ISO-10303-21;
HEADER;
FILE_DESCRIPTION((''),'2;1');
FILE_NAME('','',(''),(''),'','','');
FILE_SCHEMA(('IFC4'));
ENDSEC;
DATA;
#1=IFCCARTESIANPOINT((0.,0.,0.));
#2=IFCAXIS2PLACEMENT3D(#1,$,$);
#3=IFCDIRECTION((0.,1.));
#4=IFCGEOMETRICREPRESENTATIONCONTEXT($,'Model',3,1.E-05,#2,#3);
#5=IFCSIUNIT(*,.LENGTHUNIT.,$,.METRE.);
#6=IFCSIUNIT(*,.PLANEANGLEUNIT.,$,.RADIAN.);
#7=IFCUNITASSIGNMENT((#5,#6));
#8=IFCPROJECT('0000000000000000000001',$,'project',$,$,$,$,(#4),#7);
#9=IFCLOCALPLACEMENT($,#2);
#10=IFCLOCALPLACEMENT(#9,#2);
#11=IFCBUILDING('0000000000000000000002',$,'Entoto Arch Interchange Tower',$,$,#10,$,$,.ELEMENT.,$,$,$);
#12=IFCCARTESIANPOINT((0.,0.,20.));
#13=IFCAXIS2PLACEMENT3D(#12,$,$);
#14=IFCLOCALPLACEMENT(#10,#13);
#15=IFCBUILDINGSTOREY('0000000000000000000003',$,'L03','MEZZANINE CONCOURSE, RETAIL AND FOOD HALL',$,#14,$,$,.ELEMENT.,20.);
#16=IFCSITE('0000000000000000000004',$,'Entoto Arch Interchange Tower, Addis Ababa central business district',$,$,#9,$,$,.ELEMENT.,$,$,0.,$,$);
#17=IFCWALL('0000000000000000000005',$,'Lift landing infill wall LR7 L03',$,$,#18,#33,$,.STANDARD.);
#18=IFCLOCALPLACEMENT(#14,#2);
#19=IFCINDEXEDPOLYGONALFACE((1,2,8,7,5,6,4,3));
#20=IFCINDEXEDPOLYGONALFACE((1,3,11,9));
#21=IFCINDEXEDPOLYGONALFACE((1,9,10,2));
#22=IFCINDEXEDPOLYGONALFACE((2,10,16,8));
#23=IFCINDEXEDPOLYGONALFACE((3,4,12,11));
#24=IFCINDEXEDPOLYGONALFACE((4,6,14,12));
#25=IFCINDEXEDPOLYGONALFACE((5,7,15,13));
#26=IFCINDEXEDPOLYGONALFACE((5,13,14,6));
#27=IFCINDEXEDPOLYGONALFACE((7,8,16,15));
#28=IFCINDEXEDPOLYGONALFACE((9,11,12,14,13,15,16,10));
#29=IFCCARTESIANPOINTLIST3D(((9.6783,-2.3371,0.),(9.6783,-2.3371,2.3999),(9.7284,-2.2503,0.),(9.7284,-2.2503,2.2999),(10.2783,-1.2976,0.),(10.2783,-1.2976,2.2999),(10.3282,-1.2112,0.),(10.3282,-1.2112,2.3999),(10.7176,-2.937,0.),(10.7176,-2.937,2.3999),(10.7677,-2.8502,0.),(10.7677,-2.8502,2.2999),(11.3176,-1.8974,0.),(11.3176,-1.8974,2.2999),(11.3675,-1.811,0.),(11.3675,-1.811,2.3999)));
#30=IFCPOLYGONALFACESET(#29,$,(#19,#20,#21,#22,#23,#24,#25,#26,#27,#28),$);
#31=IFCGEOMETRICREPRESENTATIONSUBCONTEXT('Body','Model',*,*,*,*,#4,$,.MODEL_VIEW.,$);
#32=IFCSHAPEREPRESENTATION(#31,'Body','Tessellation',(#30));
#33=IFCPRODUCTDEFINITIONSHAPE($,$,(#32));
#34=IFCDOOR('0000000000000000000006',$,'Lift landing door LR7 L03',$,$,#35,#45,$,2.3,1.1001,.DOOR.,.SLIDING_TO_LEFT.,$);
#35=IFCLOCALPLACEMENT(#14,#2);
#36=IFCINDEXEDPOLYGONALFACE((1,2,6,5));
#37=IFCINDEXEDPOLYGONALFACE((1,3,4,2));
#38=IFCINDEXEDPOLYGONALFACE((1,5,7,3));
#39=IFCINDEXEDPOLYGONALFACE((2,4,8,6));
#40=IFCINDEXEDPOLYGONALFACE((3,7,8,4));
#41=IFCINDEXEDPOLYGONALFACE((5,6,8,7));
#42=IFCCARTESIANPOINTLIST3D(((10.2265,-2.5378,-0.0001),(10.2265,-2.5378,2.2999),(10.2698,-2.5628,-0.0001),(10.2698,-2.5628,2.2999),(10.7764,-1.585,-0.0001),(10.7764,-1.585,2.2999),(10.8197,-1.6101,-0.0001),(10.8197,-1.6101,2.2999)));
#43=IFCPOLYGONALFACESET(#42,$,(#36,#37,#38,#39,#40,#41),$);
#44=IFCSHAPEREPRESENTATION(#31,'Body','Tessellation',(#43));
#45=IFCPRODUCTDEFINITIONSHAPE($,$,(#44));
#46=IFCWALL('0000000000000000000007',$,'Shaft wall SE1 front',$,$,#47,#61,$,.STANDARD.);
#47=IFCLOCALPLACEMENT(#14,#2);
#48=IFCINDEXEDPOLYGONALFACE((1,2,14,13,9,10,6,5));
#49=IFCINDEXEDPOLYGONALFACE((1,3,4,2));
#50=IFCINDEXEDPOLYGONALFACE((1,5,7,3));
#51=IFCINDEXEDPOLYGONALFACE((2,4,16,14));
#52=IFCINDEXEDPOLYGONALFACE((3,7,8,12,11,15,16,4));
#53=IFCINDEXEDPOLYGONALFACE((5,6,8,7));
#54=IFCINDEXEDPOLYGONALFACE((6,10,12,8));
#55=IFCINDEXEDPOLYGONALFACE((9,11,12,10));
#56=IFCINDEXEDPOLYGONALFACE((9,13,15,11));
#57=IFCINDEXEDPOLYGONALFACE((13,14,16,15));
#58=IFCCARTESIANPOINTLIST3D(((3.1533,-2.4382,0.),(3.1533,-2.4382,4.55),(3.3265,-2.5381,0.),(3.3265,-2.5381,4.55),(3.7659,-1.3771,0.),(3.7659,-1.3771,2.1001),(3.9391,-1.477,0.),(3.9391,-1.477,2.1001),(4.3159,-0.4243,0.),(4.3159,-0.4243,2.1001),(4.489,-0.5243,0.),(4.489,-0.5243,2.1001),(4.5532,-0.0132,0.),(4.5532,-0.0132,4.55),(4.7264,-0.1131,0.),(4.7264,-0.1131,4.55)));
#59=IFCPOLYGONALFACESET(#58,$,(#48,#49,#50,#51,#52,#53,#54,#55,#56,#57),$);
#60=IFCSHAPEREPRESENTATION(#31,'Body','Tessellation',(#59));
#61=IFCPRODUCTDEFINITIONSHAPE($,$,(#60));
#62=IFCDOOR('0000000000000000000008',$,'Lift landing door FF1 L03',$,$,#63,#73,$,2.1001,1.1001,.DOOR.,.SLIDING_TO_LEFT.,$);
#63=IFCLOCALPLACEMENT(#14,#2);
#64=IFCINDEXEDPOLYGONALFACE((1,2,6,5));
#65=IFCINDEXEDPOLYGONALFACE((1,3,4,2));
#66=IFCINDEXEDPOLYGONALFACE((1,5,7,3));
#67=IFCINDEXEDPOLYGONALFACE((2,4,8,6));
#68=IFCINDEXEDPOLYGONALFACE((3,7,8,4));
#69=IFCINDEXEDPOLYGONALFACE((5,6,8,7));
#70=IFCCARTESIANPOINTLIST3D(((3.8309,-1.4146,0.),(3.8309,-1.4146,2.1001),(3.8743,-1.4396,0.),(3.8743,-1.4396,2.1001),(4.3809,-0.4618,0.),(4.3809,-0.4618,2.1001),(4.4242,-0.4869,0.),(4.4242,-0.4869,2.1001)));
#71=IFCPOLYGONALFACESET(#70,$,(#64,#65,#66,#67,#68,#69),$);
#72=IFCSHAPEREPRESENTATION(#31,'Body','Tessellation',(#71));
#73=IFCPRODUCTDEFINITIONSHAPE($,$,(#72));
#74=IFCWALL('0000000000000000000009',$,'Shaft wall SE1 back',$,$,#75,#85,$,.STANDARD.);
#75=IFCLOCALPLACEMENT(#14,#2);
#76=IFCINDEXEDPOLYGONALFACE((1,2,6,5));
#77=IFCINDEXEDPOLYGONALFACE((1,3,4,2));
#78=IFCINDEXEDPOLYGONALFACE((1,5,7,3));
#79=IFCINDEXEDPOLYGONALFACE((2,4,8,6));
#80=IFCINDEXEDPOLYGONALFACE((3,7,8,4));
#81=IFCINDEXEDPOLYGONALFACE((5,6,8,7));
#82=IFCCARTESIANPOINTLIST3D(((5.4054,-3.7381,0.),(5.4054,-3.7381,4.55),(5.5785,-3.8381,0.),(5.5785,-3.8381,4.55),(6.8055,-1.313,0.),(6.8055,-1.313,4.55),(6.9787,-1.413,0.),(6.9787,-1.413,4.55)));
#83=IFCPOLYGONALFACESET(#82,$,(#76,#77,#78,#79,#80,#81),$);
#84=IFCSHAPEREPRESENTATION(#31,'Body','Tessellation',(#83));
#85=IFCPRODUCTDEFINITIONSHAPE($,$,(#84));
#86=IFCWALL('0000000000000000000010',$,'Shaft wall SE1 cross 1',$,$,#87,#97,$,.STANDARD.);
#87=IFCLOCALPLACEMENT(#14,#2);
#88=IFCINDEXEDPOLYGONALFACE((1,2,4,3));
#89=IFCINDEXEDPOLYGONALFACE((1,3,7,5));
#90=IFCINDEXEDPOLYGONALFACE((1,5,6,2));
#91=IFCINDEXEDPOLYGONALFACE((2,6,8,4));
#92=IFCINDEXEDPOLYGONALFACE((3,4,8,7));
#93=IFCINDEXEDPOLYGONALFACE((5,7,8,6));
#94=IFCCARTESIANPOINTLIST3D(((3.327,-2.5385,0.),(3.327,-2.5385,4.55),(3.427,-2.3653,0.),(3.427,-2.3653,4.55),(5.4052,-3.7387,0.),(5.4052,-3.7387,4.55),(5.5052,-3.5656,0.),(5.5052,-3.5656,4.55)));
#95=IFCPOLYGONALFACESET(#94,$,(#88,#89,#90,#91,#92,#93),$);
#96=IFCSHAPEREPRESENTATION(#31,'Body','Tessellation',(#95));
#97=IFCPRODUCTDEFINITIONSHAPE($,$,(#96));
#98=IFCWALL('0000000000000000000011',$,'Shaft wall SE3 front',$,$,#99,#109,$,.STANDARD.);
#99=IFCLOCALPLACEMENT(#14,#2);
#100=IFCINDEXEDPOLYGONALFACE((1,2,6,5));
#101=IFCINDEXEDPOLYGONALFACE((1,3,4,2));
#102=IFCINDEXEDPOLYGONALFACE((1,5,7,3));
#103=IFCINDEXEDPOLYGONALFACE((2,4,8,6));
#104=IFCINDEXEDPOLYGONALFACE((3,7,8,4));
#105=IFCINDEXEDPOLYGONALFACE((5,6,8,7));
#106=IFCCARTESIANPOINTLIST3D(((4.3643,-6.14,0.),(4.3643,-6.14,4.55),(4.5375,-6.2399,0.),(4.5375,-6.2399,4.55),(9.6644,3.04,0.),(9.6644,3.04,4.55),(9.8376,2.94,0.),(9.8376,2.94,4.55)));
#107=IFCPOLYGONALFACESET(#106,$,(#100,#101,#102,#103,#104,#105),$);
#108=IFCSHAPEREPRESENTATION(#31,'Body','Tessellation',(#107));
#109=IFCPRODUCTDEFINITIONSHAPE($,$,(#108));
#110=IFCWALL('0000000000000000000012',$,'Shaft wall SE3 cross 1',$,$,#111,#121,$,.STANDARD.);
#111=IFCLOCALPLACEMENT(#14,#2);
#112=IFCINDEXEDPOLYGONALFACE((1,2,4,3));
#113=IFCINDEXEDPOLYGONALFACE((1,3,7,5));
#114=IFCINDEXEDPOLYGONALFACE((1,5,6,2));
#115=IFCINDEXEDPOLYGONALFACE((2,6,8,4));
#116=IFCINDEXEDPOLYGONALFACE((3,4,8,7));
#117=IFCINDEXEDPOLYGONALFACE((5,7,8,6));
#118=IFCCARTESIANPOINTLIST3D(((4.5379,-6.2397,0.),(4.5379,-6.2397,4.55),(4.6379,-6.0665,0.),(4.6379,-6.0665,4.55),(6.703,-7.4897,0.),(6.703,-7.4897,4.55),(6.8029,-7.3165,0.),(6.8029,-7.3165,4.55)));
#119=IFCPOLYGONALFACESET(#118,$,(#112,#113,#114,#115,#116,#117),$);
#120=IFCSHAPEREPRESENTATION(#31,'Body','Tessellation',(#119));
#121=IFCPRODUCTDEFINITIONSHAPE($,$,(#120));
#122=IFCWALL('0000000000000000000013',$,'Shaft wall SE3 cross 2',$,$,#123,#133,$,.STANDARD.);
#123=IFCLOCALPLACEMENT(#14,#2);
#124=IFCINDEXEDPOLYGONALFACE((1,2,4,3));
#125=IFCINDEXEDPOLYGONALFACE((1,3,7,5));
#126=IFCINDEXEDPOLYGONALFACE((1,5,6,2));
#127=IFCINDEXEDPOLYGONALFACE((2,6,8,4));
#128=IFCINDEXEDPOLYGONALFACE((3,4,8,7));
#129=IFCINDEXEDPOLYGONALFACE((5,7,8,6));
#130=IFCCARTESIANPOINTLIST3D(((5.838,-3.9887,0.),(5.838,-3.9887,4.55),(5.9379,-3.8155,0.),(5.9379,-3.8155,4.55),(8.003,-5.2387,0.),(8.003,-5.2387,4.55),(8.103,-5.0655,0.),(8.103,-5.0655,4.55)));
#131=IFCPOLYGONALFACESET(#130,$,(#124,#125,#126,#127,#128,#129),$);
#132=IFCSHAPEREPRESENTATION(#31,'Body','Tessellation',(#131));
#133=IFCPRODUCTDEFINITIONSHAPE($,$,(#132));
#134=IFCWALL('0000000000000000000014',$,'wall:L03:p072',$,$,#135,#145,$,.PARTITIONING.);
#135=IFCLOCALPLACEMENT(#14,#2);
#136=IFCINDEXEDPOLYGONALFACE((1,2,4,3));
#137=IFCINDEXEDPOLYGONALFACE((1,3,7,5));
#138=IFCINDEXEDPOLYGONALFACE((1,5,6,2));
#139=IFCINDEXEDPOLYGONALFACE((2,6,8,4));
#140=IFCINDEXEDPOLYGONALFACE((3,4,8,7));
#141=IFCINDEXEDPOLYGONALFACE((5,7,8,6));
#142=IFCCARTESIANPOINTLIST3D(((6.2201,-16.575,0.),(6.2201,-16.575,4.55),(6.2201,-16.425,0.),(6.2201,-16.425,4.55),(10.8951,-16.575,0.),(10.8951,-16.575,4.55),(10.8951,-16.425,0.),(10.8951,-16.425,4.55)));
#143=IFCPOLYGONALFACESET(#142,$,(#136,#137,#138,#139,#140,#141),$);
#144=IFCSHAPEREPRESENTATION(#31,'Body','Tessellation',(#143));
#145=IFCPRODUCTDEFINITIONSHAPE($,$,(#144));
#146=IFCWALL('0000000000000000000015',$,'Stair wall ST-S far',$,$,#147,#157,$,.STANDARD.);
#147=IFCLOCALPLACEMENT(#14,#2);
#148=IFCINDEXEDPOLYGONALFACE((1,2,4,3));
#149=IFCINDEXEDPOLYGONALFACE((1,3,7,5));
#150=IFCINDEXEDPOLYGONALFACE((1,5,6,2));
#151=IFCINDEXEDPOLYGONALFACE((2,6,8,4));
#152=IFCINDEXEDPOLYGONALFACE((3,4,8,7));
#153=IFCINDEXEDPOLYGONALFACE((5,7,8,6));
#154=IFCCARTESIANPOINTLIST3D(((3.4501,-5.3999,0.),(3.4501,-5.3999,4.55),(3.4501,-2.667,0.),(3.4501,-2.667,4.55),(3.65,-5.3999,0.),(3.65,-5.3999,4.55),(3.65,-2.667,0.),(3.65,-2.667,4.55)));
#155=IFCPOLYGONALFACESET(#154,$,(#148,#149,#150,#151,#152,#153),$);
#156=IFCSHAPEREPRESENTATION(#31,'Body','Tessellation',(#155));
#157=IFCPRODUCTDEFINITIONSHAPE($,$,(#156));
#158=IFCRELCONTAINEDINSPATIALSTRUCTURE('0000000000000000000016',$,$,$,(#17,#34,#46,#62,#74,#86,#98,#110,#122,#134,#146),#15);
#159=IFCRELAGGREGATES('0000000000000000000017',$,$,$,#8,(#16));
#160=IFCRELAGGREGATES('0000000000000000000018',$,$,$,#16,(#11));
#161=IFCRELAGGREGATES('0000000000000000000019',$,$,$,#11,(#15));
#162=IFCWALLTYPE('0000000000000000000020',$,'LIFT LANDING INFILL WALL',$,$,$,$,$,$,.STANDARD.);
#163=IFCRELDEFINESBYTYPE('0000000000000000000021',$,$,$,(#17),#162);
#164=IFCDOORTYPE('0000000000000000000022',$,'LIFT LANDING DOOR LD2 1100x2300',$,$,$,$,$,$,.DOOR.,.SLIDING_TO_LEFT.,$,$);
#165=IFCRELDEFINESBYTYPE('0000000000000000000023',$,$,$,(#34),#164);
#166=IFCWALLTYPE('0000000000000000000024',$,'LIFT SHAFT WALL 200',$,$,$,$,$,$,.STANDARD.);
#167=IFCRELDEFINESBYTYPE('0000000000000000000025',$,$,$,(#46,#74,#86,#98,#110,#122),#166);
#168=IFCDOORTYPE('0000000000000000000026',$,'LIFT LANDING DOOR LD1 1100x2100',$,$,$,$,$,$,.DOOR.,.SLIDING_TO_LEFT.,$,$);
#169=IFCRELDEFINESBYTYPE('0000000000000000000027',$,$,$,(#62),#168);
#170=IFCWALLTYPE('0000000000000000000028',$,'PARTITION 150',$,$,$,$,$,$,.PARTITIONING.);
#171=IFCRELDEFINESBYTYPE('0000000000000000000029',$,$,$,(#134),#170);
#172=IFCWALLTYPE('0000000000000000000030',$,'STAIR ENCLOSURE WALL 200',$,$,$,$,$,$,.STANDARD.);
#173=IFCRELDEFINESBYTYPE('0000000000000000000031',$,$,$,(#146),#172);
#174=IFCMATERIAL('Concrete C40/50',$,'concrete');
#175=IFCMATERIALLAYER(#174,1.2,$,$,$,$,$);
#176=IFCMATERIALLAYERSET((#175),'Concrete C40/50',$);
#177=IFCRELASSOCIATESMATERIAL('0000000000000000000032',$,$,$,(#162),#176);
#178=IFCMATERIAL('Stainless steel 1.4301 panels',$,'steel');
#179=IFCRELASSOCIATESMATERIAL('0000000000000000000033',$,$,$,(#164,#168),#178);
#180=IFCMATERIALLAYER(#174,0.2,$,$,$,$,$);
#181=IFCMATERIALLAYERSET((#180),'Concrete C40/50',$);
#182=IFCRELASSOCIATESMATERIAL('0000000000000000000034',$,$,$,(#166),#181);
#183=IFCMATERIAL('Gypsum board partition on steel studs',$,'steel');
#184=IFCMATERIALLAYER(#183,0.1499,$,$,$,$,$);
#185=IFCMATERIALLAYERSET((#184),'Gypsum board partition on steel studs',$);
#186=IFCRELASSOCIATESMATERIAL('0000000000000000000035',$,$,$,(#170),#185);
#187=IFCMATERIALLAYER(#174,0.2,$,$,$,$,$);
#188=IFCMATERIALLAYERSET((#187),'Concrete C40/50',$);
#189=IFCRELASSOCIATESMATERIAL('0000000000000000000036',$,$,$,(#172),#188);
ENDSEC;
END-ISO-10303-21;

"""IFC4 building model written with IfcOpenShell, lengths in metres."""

from ifc_helpers import new_model, si_unit, direction, frame, frame_2d, origin, place, context, subcontext, project, spatial, rectangle, extrude, material, layer, layer_set, type_object, element, fill, save


model = new_model("IFC4")

# Units and contexts
model_context = context("Model", 3, precision=1e-05, world=origin(), true_north=direction((0.0, 1.0)))
body_context = subcontext(model_context, "Body", "Model", "MODEL_VIEW")
ifc_project = project(units=[si_unit("LENGTHUNIT", "METRE"), si_unit("PLANEANGLEUNIT", "RADIAN")], contexts=[model_context])

# Site, building, storey
site_placement = place(None, origin())
site = spatial("IfcSite", under=ifc_project, at=site_placement, Name="Entoto Arch Interchange Tower, Addis Ababa central business district", CompositionType="ELEMENT", RefElevation=0.0)
building_placement = place(site_placement, origin())
building = spatial("IfcBuilding", under=site, at=building_placement, Name="Entoto Arch Interchange Tower", CompositionType="ELEMENT")
storey_placement = place(building_placement, frame((0.0, 0.0, 20.0)))
storey = spatial("IfcBuildingStorey", under=building, at=storey_placement, Name="L03", Description="MEZZANINE CONCOURSE, RETAIL AND FOOD HALL", CompositionType="ELEMENT", Elevation=20.0)

# Walls, openings, doors
ifc_material_1 = material(Name="Concrete C40/50", Category="concrete")
ifc_layer_1 = layer(ifc_material_1, 1.2)
ifc_layer_set_1 = layer_set([ifc_layer_1], Name="Concrete C40/50")
wall_type_1 = type_object("IfcWallType", Name="LIFT LANDING INFILL WALL", PredefinedType="STANDARD", material=ifc_layer_set_1)
ifc_material_2 = material(Name="Stainless steel 1.4301 panels", Category="steel")
door_type_1 = type_object("IfcDoorType", Name="LIFT LANDING DOOR LD2 1100x2300", OperationType="SLIDING_TO_LEFT", PredefinedType="DOOR", material=ifc_material_2)
wall_1_placement = place(storey_placement, frame((10.198, -2.637, 0.0), z_axis=(0.0, 0.0, 1.0), x_axis=(0.499896, 0.866086, 0.0)))
wall_1 = element("IfcWall", 1, at=wall_1_placement, inside=storey, type_object=wall_type_1, Name="Lift landing infill wall LR7 L03", PredefinedType="STANDARD", context=body_context, shape_type="SweptSolid", body=[
    extrude(rectangle(XDim=1.3, YDim=1.2, at=frame_2d((0.6499, 0.0))), origin(), (0.0, 0.0, 1.0), 2.3999),
])
opening_1_placement = place(wall_1_placement, frame((0.1001, 0.0, 0.0)))
opening_1 = element("IfcOpeningElement", 2, at=opening_1_placement, cuts=wall_1, PredefinedType="OPENING", context=body_context, shape_type="SweptSolid", body=[
    extrude(rectangle(XDim=1.1001, YDim=2.3, at=frame_2d((0.55, 1.1499))), frame((0.0, 0.6099, 0.0), z_axis=(0.0, -1.0, 0.0), x_axis=(1.0, 0.0, 0.0)), (0.0, 0.0, 1.0), 1.22),
])
door_1_placement = place(opening_1_placement, origin())
door_1 = element("IfcDoor", 3, at=door_1_placement, inside=storey, type_object=door_type_1, Name="Lift landing door LR7 L03", OperationType="SLIDING_TO_LEFT", OverallHeight=2.3, OverallWidth=1.1001, PredefinedType="DOOR", context=body_context, shape_type="SweptSolid", body=[
    extrude(rectangle(XDim=1.1001, YDim=2.3, at=frame_2d((0.55, 1.1499))), frame((0.0, 0.0249, 0.0), z_axis=(0.0, -1.0, 0.0), x_axis=(1.0, 0.0, 0.0)), (0.0, 0.0, 1.0), 0.05),
])
fill(opening_1, door_1)
ifc_layer_2 = layer(ifc_material_1, 0.2)
ifc_layer_set_2 = layer_set([ifc_layer_2], Name="Concrete C40/50")
wall_type_2 = type_object("IfcWallType", Name="LIFT SHAFT WALL 200", PredefinedType="STANDARD", material=ifc_layer_set_2)
wall_2_placement = place(storey_placement, frame((3.24, -2.488, 0.0), z_axis=(0.0, 0.0, 1.0), x_axis=(0.499946, 0.866056, 0.0)))
wall_2 = element("IfcWall", 4, at=wall_2_placement, inside=storey, type_object=wall_type_2, Name="Shaft wall SE1 front", PredefinedType="STANDARD", context=body_context, shape_type="SweptSolid", body=[
    extrude(rectangle(XDim=2.8, YDim=0.2, at=frame_2d((1.3999, 0.0))), origin(), (0.0, 0.0, 1.0), 4.55),
])
opening_2_placement = place(wall_2_placement, frame((1.2251, 0.0, 0.0)))
opening_2 = element("IfcOpeningElement", 5, at=opening_2_placement, cuts=wall_2, PredefinedType="OPENING", context=body_context, shape_type="SweptSolid", body=[
    extrude(rectangle(XDim=1.1001, YDim=2.1001, at=frame_2d((0.55, 1.05))), frame((0.0, 0.1099, 0.0), z_axis=(0.0, -1.0, 0.0), x_axis=(1.0, 0.0, 0.0)), (0.0, 0.0, 1.0), 0.22),
])
door_type_2 = type_object("IfcDoorType", Name="LIFT LANDING DOOR LD1 1100x2100", OperationType="SLIDING_TO_LEFT", PredefinedType="DOOR", material=ifc_material_2)
door_2_placement = place(opening_2_placement, origin())
door_2 = element("IfcDoor", 6, at=door_2_placement, inside=storey, type_object=door_type_2, Name="Lift landing door FF1 L03", OperationType="SLIDING_TO_LEFT", OverallHeight=2.1001, OverallWidth=1.1001, PredefinedType="DOOR", context=body_context, shape_type="SweptSolid", body=[
    extrude(rectangle(XDim=1.1001, YDim=2.1001, at=frame_2d((0.55, 1.05))), frame((0.0, 0.0249, 0.0), z_axis=(0.0, -1.0, 0.0), x_axis=(1.0, 0.0, 0.0)), (0.0, 0.0, 1.0), 0.05),
])
fill(opening_2, door_2)

# Walls
wall_3_placement = place(storey_placement, frame((5.4919, -3.7881, 0.0), z_axis=(0.0, 0.0, 1.0), x_axis=(0.500012, 0.866019, 0.0)))
element("IfcWall", 7, at=wall_3_placement, inside=storey, type_object=wall_type_2, Name="Shaft wall SE1 back", PredefinedType="STANDARD", context=body_context, shape_type="SweptSolid", body=[
    extrude(rectangle(XDim=2.8003, YDim=0.2, at=frame_2d((1.4001, 0.0))), origin(), (0.0, 0.0, 1.0), 4.55),
])
wall_4_placement = place(storey_placement, frame((3.377, -2.4519, 0.0), z_axis=(0.0, 0.0, 1.0), x_axis=(0.865955, -0.500122, 0.0)))
element("IfcWall", 8, at=wall_4_placement, inside=storey, type_object=wall_type_2, Name="Shaft wall SE1 cross 1", PredefinedType="STANDARD", context=body_context, shape_type="SweptSolid", body=[
    extrude(rectangle(XDim=2.3999, YDim=0.2, at=frame_2d((1.2, 0.0))), origin(), (0.0, 0.0, 1.0), 4.55),
])
wall_5_placement = place(storey_placement, frame((4.4509, -6.1899, 0.0), z_axis=(0.0, 0.0, 1.0), x_axis=(0.500001, 0.866025, 0.0)))
element("IfcWall", 9, at=wall_5_placement, inside=storey, type_object=wall_type_2, Name="Shaft wall SE3 front", PredefinedType="STANDARD", context=body_context, shape_type="SweptSolid", body=[
    extrude(rectangle(XDim=10.6001, YDim=0.2, at=frame_2d((5.3, 0.0))), origin(), (0.0, 0.0, 1.0), 4.55),
])
for number, where, z_axis, x_axis, name in (
    (10, (4.5879, -6.1531, 0.0), (0.0, 0.0, 1.0), (0.866023, -0.500004, 0.0), "Shaft wall SE3 cross 1"),
    (11, (5.8879, -3.9021, 0.0), (0.0, 0.0, 1.0), (0.866023, -0.500004, 0.0), "Shaft wall SE3 cross 2"),
):
    element("IfcWall", number, at=place(storey_placement, frame(where, z_axis=z_axis, x_axis=x_axis)), inside=storey, type_object=wall_type_2, Name=name, PredefinedType="STANDARD", context=body_context, shape_type="SweptSolid", body=[
        extrude(rectangle(XDim=2.5, YDim=0.2, at=frame_2d((1.25, 0.0))), origin(), (0.0, 0.0, 1.0), 4.55),
    ])
ifc_material_3 = material(Name="Gypsum board partition on steel studs", Category="steel")
ifc_layer_3 = layer(ifc_material_3, 0.1499)
ifc_layer_set_3 = layer_set([ifc_layer_3], Name="Gypsum board partition on steel studs")
wall_type_3 = type_object("IfcWallType", Name="PARTITION 150", PredefinedType="PARTITIONING", material=ifc_layer_set_3)
wall_6_placement = place(storey_placement, frame((10.895, -16.5, 0.0), z_axis=(0.0, 0.0, 1.0), x_axis=(-1.0, 0.0, 0.0)))
element("IfcWall", 12, at=wall_6_placement, inside=storey, type_object=wall_type_3, Name="wall:L03:p072", PredefinedType="PARTITIONING", context=body_context, shape_type="SweptSolid", body=[
    extrude(rectangle(XDim=4.675, YDim=0.1499, at=frame_2d((2.3374, 0.0))), origin(), (0.0, 0.0, 1.0), 4.55),
])
ifc_layer_4 = layer(ifc_material_1, 0.2)
ifc_layer_set_4 = layer_set([ifc_layer_4], Name="Concrete C40/50")
wall_type_4 = type_object("IfcWallType", Name="STAIR ENCLOSURE WALL 200", PredefinedType="STANDARD", material=ifc_layer_set_4)
wall_7_placement = place(storey_placement, frame((3.55, -2.667, 0.0), z_axis=(0.0, 0.0, 1.0), x_axis=(0.0, -1.0, 0.0)))
element("IfcWall", 13, at=wall_7_placement, inside=storey, type_object=wall_type_4, Name="Stair wall ST-S far", PredefinedType="STANDARD", context=body_context, shape_type="SweptSolid", body=[
    extrude(rectangle(XDim=2.7329, YDim=0.2, at=frame_2d((1.3665, 0.0))), origin(), (0.0, 0.0, 1.0), 4.55),
])

save(model, "model.ifc")
